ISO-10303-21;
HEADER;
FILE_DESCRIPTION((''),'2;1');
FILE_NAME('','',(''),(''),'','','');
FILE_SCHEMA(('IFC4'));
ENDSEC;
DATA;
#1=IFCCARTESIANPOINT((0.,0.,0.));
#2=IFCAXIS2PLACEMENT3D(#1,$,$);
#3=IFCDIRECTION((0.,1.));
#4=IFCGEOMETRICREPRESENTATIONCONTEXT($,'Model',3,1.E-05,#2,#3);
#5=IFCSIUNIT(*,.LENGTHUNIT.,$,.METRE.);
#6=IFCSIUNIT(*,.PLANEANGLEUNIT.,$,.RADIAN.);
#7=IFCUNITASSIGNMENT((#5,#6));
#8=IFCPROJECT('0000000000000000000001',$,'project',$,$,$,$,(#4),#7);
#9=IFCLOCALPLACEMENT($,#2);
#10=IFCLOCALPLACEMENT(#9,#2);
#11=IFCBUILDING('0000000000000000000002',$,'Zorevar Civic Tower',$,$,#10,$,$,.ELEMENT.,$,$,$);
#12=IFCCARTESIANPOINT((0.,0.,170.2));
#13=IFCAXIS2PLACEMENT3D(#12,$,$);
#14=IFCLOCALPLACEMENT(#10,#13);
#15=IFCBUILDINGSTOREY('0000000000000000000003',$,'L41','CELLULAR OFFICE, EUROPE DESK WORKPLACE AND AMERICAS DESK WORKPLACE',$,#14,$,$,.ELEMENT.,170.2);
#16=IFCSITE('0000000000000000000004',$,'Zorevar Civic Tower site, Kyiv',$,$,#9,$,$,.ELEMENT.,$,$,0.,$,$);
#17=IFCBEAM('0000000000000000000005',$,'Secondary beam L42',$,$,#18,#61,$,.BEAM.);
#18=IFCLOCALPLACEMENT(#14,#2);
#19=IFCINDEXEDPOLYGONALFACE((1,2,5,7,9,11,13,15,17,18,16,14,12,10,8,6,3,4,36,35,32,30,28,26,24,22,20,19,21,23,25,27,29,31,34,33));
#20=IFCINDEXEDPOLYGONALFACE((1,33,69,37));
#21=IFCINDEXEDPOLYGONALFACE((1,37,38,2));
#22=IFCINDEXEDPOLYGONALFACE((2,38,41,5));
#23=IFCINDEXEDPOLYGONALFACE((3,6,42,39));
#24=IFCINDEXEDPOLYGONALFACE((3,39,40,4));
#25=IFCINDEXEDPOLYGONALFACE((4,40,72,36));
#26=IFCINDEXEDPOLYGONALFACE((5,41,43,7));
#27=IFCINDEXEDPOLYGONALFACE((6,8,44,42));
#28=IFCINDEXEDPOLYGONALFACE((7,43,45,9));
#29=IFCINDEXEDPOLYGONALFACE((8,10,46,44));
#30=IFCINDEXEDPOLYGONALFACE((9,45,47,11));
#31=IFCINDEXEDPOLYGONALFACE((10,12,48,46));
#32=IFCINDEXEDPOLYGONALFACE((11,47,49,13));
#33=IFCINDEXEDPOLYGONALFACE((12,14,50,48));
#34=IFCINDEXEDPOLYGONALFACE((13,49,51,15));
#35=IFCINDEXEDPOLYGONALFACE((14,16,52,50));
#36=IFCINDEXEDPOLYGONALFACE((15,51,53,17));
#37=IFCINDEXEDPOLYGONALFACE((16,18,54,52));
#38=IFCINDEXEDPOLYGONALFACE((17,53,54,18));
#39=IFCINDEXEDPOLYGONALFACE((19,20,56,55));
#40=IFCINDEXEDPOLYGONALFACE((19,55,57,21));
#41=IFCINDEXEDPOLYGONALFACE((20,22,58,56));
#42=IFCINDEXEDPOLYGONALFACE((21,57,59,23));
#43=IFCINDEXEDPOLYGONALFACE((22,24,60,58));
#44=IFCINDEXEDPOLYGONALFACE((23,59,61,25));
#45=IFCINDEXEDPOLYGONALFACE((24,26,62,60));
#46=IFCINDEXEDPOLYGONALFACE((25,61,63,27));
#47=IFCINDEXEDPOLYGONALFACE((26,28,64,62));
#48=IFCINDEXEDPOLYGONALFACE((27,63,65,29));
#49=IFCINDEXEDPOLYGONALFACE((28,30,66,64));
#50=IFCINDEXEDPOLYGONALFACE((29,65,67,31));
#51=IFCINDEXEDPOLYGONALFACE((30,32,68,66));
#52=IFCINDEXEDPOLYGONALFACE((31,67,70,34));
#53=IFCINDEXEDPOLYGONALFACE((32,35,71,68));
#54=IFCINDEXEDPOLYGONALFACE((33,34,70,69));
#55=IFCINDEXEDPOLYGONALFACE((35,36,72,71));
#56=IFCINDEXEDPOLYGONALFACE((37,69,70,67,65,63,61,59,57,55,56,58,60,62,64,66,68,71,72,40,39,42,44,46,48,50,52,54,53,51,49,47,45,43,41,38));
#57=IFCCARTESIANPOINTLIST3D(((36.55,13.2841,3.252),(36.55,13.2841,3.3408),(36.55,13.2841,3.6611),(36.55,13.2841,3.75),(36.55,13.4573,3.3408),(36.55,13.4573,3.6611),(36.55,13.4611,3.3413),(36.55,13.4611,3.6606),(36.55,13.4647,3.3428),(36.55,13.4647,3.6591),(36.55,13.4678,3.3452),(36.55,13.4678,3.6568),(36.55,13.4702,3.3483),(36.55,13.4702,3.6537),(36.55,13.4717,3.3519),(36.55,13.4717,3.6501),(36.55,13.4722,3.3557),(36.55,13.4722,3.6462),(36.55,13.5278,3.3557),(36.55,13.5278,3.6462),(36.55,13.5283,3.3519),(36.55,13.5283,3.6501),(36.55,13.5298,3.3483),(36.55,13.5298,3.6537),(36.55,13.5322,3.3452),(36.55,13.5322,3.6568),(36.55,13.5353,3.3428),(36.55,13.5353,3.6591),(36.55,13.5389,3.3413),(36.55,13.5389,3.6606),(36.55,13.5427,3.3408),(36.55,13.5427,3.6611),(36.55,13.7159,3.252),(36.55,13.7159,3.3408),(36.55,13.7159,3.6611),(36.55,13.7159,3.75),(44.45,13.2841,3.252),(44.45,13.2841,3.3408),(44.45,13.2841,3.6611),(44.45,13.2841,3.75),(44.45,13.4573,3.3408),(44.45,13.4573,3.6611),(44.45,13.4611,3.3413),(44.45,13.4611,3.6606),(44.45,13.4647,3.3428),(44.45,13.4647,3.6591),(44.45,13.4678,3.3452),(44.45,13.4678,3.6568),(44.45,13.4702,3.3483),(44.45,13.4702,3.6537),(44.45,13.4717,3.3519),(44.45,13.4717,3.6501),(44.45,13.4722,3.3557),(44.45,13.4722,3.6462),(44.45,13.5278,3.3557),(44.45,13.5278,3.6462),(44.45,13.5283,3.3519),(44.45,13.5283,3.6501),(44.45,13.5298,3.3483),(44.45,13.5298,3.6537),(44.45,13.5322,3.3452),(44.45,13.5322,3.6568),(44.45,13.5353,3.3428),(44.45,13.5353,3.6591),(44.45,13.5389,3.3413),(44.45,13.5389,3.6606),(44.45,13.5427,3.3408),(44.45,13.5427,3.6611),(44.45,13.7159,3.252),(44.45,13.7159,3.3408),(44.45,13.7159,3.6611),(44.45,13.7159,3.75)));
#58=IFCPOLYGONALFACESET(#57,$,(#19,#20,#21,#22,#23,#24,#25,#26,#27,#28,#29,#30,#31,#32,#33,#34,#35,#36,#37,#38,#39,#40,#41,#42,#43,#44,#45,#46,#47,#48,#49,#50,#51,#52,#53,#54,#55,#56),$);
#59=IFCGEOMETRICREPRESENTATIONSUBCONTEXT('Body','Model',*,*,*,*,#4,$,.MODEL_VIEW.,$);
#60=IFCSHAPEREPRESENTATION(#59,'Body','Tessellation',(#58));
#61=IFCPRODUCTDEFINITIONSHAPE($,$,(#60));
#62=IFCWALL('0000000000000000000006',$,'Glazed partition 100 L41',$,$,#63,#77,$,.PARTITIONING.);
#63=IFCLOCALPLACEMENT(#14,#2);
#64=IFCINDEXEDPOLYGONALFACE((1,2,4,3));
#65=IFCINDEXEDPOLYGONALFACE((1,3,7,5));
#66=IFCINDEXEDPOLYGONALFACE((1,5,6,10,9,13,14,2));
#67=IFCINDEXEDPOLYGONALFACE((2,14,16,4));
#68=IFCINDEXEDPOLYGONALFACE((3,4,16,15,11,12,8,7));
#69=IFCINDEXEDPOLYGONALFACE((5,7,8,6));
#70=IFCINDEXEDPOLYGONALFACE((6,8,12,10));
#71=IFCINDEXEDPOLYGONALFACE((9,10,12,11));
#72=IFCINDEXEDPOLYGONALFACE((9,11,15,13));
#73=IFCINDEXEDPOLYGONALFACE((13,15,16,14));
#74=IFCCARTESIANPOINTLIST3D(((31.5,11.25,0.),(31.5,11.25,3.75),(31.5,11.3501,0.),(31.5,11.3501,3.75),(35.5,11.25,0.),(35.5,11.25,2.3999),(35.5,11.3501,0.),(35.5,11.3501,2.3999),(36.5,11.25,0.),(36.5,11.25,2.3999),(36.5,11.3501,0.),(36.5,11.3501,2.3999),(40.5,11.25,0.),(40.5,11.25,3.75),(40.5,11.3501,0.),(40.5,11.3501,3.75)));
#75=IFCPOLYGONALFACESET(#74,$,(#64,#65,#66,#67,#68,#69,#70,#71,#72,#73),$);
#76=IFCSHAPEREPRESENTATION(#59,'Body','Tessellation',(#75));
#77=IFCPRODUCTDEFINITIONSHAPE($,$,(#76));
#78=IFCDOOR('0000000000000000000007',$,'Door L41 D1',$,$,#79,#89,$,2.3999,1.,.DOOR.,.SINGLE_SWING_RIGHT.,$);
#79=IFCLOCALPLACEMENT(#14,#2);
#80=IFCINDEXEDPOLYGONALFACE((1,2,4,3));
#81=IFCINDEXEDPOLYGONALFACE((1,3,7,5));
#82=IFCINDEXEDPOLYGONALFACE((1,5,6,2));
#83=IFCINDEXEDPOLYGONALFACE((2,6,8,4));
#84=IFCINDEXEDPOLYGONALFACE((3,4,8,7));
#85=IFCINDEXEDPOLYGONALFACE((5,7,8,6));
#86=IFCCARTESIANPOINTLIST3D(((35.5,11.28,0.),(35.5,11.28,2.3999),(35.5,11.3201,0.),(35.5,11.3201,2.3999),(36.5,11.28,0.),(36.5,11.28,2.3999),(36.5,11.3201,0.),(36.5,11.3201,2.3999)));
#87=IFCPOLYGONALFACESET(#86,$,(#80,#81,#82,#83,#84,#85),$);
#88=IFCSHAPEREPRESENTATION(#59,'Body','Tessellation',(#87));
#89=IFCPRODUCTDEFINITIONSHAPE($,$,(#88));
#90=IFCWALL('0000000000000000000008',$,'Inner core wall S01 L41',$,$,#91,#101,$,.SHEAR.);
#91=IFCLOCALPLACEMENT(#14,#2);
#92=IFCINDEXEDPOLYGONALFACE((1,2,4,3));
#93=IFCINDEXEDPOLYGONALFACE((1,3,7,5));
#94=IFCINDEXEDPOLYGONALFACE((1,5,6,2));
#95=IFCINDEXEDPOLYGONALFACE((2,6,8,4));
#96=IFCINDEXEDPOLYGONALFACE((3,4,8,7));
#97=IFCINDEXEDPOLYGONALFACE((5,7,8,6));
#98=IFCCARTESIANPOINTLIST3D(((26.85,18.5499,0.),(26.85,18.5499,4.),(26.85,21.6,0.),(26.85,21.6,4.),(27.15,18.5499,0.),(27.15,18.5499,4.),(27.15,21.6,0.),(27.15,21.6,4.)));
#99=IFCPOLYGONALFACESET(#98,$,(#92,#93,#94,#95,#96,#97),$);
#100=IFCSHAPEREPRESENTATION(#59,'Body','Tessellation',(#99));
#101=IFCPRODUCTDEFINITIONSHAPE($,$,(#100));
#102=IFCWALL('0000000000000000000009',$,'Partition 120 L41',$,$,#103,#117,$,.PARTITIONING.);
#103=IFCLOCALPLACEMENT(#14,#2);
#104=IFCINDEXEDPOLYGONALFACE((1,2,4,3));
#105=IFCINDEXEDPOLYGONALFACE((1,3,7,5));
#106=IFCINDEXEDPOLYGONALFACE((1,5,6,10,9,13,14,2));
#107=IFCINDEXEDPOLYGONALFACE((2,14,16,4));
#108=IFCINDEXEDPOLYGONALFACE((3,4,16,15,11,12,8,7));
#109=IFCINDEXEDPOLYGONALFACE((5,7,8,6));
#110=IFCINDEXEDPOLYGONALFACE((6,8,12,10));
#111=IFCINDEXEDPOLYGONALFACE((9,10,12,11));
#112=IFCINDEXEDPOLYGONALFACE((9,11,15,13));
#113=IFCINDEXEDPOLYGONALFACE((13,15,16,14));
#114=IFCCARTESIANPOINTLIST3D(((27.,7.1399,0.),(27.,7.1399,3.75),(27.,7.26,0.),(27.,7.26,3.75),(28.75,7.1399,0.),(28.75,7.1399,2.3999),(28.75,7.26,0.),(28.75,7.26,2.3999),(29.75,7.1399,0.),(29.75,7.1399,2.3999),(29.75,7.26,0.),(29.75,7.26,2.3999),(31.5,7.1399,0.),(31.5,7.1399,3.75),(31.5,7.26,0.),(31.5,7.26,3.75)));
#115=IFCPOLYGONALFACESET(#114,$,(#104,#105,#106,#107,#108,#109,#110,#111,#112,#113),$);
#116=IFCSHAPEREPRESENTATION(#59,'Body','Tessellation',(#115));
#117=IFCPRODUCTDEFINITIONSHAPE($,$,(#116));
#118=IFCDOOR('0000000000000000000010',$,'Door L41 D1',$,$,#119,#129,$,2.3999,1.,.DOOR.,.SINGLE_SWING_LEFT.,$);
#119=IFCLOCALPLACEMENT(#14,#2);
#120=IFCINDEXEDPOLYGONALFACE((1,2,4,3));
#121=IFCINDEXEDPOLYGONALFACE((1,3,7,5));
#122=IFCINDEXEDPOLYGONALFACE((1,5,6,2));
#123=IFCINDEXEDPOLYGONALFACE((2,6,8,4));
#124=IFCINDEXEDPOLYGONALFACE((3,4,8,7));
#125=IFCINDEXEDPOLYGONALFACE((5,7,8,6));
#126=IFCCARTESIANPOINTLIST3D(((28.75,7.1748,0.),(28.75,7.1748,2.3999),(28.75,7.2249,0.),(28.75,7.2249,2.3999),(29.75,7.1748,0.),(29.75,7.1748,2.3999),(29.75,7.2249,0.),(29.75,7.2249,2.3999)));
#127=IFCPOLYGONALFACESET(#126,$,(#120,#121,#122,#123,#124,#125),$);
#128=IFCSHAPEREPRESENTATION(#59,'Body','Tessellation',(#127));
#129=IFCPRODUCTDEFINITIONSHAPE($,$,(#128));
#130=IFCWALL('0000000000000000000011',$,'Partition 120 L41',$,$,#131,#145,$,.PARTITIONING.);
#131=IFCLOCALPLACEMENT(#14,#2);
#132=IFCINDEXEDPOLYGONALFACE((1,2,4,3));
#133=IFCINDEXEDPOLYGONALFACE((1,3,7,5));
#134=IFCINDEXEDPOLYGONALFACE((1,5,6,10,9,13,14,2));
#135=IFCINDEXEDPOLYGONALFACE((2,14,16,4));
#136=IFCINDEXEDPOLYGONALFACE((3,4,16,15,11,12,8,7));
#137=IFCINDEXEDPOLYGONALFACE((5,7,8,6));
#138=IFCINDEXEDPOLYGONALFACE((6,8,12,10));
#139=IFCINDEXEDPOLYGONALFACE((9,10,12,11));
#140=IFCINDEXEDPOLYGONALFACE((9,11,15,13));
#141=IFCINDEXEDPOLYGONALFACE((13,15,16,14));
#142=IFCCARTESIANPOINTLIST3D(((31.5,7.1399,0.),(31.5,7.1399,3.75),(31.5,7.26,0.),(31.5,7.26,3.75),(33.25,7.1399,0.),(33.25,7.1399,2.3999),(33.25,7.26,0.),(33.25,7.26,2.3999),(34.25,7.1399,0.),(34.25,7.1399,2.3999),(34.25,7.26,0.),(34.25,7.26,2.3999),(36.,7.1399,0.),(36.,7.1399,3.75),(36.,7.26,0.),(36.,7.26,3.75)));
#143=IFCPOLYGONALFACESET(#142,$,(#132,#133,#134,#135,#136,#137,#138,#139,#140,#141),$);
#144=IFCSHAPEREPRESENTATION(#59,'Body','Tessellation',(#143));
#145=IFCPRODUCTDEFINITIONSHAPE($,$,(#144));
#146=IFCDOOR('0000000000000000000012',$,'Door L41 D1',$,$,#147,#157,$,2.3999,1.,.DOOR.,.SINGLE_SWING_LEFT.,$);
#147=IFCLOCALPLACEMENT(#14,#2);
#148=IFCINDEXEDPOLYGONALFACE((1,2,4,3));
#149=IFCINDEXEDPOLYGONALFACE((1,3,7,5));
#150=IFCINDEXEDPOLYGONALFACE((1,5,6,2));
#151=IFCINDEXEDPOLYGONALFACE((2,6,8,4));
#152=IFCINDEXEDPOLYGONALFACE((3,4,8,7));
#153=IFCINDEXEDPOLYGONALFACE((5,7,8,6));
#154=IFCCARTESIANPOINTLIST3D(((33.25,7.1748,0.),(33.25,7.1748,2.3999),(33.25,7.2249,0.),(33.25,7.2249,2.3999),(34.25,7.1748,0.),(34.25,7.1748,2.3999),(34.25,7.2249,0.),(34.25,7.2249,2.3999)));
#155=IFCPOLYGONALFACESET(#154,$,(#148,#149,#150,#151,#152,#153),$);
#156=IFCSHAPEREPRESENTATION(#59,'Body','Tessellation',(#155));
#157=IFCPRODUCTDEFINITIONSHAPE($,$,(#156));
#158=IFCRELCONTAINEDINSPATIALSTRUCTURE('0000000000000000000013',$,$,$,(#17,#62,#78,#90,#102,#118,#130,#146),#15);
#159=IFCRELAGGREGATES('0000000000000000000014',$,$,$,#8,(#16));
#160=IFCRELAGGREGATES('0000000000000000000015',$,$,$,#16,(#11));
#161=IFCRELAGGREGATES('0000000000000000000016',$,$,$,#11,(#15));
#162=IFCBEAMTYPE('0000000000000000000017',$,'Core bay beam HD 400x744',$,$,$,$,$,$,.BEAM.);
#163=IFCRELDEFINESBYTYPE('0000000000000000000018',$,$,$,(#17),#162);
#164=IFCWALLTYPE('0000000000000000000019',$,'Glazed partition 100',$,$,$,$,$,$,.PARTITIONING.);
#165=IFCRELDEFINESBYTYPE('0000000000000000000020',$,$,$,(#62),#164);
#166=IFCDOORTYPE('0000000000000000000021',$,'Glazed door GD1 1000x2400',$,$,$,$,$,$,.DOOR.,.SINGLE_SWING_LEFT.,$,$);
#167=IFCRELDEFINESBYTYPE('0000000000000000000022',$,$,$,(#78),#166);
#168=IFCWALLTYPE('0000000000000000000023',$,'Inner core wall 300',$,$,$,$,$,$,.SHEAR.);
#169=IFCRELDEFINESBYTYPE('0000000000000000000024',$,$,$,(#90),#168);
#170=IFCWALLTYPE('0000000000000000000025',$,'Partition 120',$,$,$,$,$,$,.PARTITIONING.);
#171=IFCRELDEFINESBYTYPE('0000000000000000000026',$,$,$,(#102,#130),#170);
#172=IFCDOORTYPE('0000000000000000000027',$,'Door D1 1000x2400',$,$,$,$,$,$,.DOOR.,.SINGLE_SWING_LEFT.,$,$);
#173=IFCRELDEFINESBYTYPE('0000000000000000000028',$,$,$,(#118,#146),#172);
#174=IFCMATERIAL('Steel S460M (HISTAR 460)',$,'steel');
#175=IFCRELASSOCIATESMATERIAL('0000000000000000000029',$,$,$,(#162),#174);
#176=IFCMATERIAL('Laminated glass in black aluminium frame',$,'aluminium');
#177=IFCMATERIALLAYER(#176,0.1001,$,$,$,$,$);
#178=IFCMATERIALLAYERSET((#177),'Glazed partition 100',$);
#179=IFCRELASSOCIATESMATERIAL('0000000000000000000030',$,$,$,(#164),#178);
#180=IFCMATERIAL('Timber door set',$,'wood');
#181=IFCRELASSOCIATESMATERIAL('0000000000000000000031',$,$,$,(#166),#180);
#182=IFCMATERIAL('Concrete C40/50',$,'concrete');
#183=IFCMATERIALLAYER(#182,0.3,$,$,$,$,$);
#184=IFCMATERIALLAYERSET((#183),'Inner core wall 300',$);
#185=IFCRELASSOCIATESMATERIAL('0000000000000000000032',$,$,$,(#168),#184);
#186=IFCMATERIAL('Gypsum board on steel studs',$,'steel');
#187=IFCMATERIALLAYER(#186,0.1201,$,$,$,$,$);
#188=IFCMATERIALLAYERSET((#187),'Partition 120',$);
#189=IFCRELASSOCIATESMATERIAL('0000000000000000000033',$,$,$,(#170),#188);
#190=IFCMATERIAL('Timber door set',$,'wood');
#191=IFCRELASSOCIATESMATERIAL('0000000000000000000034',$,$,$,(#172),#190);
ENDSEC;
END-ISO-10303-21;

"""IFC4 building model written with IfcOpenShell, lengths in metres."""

from ifc_helpers import new_model, si_unit, direction, frame, frame_2d, origin, origin_2d, place, context, subcontext, project, spatial, rectangle, i_section, extrude, material, layer, layer_set, material_profile, profile_set, type_object, element, fill, save


model = new_model("IFC4")

# Units and contexts
model_context = context("Model", 3, precision=1e-05, world=origin(), true_north=direction((0.0, 1.0)))
body_context = subcontext(model_context, "Body", "Model", "MODEL_VIEW")
ifc_project = project(units=[si_unit("LENGTHUNIT", "METRE"), si_unit("PLANEANGLEUNIT", "RADIAN")], contexts=[model_context])

# Site, building, storey
site_placement = place(None, origin())
site = spatial("IfcSite", under=ifc_project, at=site_placement, Name="Zorevar Civic Tower site, Kyiv", CompositionType="ELEMENT", RefElevation=0.0)
building_placement = place(site_placement, origin())
building = spatial("IfcBuilding", under=site, at=building_placement, Name="Zorevar Civic Tower", CompositionType="ELEMENT")
storey_placement = place(building_placement, frame((0.0, 0.0, 170.2)))
storey = spatial("IfcBuildingStorey", under=building, at=storey_placement, Name="L41", Description="CELLULAR OFFICE, EUROPE DESK WORKPLACE AND AMERICAS DESK WORKPLACE", CompositionType="ELEMENT", Elevation=170.2)

# Beam
ifc_material_1 = material(Name="Steel S460M (HISTAR 460)", Category="steel")
ifc_material_profile_1 = material_profile(ifc_material_1, i_section(OverallWidth=0.4319, OverallDepth=0.498, WebThickness=0.0557, FlangeThickness=0.0889, FilletRadius=0.0149, at=origin_2d()), Name="HD 400x744")
ifc_profile_set_1 = profile_set([ifc_material_profile_1], Name="Steel S460M (HISTAR 460)")
beam_type_1 = type_object("IfcBeamType", Name="Core bay beam HD 400x744", PredefinedType="BEAM", material=ifc_profile_set_1)
for number, where, z_axis, x_axis, name in (
    (1, (36.55, 13.5, 3.501), (1.0, 0.0, 0.0), (0.0, 1.0, 0.0), "Secondary beam L42"),
):
    element("IfcBeam", number, at=place(storey_placement, frame(where, z_axis=z_axis, x_axis=x_axis)), inside=storey, type_object=beam_type_1, Name=name, PredefinedType="BEAM", context=body_context, shape_type="SweptSolid", body=[
        extrude(i_section(OverallWidth=0.4319, OverallDepth=0.498, WebThickness=0.0557, FlangeThickness=0.0889, FilletRadius=0.0149, at=origin_2d()), origin(), (0.0, 0.0, 1.0), 7.8999),
    ])

# Wall, opening, door
ifc_material_2 = material(Name="Laminated glass in black aluminium frame", Category="aluminium")
ifc_layer_1 = layer(ifc_material_2, 0.1001)
ifc_layer_set_1 = layer_set([ifc_layer_1], Name="Glazed partition 100")
wall_type_1 = type_object("IfcWallType", Name="Glazed partition 100", PredefinedType="PARTITIONING", material=ifc_layer_set_1)
wall_1_placement = place(storey_placement, frame((31.5, 11.3, 0.0), z_axis=(0.0, 0.0, 1.0), x_axis=(1.0, 0.0, 0.0)))
wall_1 = element("IfcWall", 2, at=wall_1_placement, inside=storey, type_object=wall_type_1, Name="Glazed partition 100 L41", PredefinedType="PARTITIONING", context=body_context, shape_type="SweptSolid", body=[
    extrude(rectangle(XDim=9.0, YDim=0.1001, at=frame_2d((4.5, 0.0))), origin(), (0.0, 0.0, 1.0), 3.75),
])
opening_1_placement = place(wall_1_placement, frame((4.0, 0.0, 0.0)))
opening_1 = element("IfcOpeningElement", 3, at=opening_1_placement, cuts=wall_1, PredefinedType="OPENING", context=body_context, shape_type="SweptSolid", body=[
    extrude(rectangle(XDim=1.0, YDim=2.3999, at=frame_2d((0.5, 1.2))), frame((0.0, 0.0601, 0.0), z_axis=(0.0, -1.0, 0.0), x_axis=(1.0, 0.0, 0.0)), (0.0, 0.0, 1.0), 0.1201),
])
ifc_material_3 = material(Name="Timber door set", Category="wood")
door_type_1 = type_object("IfcDoorType", Name="Glazed door GD1 1000x2400", OperationType="SINGLE_SWING_LEFT", PredefinedType="DOOR", material=ifc_material_3)
door_1_placement = place(opening_1_placement, origin())
door_1 = element("IfcDoor", 4, at=door_1_placement, inside=storey, type_object=door_type_1, Name="Door L41 D1", OperationType="SINGLE_SWING_RIGHT", OverallHeight=2.3999, OverallWidth=1.0, PredefinedType="DOOR", context=body_context, shape_type="SweptSolid", body=[
    extrude(rectangle(XDim=1.0, YDim=2.3999, at=frame_2d((0.5, 1.2))), frame((0.0, 0.02, 0.0), z_axis=(0.0, -1.0, 0.0), x_axis=(1.0, 0.0, 0.0)), (0.0, 0.0, 1.0), 0.04),
])
fill(opening_1, door_1)

# Wall
ifc_material_4 = material(Name="Concrete C40/50", Category="concrete")
ifc_layer_2 = layer(ifc_material_4, 0.3)
ifc_layer_set_2 = layer_set([ifc_layer_2], Name="Inner core wall 300")
wall_type_2 = type_object("IfcWallType", Name="Inner core wall 300", PredefinedType="SHEAR", material=ifc_layer_set_2)
wall_2_placement = place(storey_placement, frame((27.0, 18.55, 0.0), z_axis=(0.0, 0.0, 1.0), x_axis=(0.0, 1.0, 0.0)))
element("IfcWall", 5, at=wall_2_placement, inside=storey, type_object=wall_type_2, Name="Inner core wall S01 L41", PredefinedType="SHEAR", context=body_context, shape_type="SweptSolid", body=[
    extrude(rectangle(XDim=3.05, YDim=0.3, at=frame_2d((1.5249, 0.0))), origin(), (0.0, 0.0, 1.0), 4.0),
])

# Walls, openings, doors
ifc_material_5 = material(Name="Gypsum board on steel studs", Category="steel")
ifc_layer_3 = layer(ifc_material_5, 0.1201)
ifc_layer_set_3 = layer_set([ifc_layer_3], Name="Partition 120")
wall_type_3 = type_object("IfcWallType", Name="Partition 120", PredefinedType="PARTITIONING", material=ifc_layer_set_3)
wall_3_placement = place(storey_placement, frame((27.0, 7.2, 0.0), z_axis=(0.0, 0.0, 1.0), x_axis=(1.0, 0.0, 0.0)))
wall_3 = element("IfcWall", 6, at=wall_3_placement, inside=storey, type_object=wall_type_3, Name="Partition 120 L41", PredefinedType="PARTITIONING", context=body_context, shape_type="SweptSolid", body=[
    extrude(rectangle(XDim=4.5, YDim=0.1201, at=frame_2d((2.25, 0.0))), origin(), (0.0, 0.0, 1.0), 3.75),
])
opening_2_placement = place(wall_3_placement, frame((1.75, 0.0, 0.0)))
opening_2 = element("IfcOpeningElement", 7, at=opening_2_placement, cuts=wall_3, PredefinedType="OPENING", context=body_context, shape_type="SweptSolid", body=[
    extrude(rectangle(XDim=1.0, YDim=2.3999, at=frame_2d((0.5, 1.2))), frame((0.0, 0.0701, 0.0), z_axis=(0.0, -1.0, 0.0), x_axis=(1.0, 0.0, 0.0)), (0.0, 0.0, 1.0), 0.1401),
])
ifc_material_6 = material(Name="Timber door set", Category="wood")
door_type_2 = type_object("IfcDoorType", Name="Door D1 1000x2400", OperationType="SINGLE_SWING_LEFT", PredefinedType="DOOR", material=ifc_material_6)
door_2_placement = place(opening_2_placement, origin())
door_2 = element("IfcDoor", 8, at=door_2_placement, inside=storey, type_object=door_type_2, Name="Door L41 D1", OperationType="SINGLE_SWING_LEFT", OverallHeight=2.3999, OverallWidth=1.0, PredefinedType="DOOR", context=body_context, shape_type="SweptSolid", body=[
    extrude(rectangle(XDim=1.0, YDim=2.3999, at=frame_2d((0.5, 1.2))), frame((0.0, 0.0249, 0.0), z_axis=(0.0, -1.0, 0.0), x_axis=(1.0, 0.0, 0.0)), (0.0, 0.0, 1.0), 0.05),
])
fill(opening_2, door_2)
wall_4_placement = place(storey_placement, frame((31.5, 7.2, 0.0), z_axis=(0.0, 0.0, 1.0), x_axis=(1.0, 0.0, 0.0)))
wall_4 = element("IfcWall", 9, at=wall_4_placement, inside=storey, type_object=wall_type_3, Name="Partition 120 L41", PredefinedType="PARTITIONING", context=body_context, shape_type="SweptSolid", body=[
    extrude(rectangle(XDim=4.5, YDim=0.1201, at=frame_2d((2.25, 0.0))), origin(), (0.0, 0.0, 1.0), 3.75),
])
opening_3_placement = place(wall_4_placement, frame((1.75, 0.0, 0.0)))
opening_3 = element("IfcOpeningElement", 10, at=opening_3_placement, cuts=wall_4, PredefinedType="OPENING", context=body_context, shape_type="SweptSolid", body=[
    extrude(rectangle(XDim=1.0, YDim=2.3999, at=frame_2d((0.5, 1.2))), frame((0.0, 0.0701, 0.0), z_axis=(0.0, -1.0, 0.0), x_axis=(1.0, 0.0, 0.0)), (0.0, 0.0, 1.0), 0.1401),
])
door_3_placement = place(opening_3_placement, origin())
door_3 = element("IfcDoor", 11, at=door_3_placement, inside=storey, type_object=door_type_2, Name="Door L41 D1", OperationType="SINGLE_SWING_LEFT", OverallHeight=2.3999, OverallWidth=1.0, PredefinedType="DOOR", context=body_context, shape_type="SweptSolid", body=[
    extrude(rectangle(XDim=1.0, YDim=2.3999, at=frame_2d((0.5, 1.2))), frame((0.0, 0.0249, 0.0), z_axis=(0.0, -1.0, 0.0), x_axis=(1.0, 0.0, 0.0)), (0.0, 0.0, 1.0), 0.05),
])
fill(opening_3, door_3)

save(model, "model.ifc")
